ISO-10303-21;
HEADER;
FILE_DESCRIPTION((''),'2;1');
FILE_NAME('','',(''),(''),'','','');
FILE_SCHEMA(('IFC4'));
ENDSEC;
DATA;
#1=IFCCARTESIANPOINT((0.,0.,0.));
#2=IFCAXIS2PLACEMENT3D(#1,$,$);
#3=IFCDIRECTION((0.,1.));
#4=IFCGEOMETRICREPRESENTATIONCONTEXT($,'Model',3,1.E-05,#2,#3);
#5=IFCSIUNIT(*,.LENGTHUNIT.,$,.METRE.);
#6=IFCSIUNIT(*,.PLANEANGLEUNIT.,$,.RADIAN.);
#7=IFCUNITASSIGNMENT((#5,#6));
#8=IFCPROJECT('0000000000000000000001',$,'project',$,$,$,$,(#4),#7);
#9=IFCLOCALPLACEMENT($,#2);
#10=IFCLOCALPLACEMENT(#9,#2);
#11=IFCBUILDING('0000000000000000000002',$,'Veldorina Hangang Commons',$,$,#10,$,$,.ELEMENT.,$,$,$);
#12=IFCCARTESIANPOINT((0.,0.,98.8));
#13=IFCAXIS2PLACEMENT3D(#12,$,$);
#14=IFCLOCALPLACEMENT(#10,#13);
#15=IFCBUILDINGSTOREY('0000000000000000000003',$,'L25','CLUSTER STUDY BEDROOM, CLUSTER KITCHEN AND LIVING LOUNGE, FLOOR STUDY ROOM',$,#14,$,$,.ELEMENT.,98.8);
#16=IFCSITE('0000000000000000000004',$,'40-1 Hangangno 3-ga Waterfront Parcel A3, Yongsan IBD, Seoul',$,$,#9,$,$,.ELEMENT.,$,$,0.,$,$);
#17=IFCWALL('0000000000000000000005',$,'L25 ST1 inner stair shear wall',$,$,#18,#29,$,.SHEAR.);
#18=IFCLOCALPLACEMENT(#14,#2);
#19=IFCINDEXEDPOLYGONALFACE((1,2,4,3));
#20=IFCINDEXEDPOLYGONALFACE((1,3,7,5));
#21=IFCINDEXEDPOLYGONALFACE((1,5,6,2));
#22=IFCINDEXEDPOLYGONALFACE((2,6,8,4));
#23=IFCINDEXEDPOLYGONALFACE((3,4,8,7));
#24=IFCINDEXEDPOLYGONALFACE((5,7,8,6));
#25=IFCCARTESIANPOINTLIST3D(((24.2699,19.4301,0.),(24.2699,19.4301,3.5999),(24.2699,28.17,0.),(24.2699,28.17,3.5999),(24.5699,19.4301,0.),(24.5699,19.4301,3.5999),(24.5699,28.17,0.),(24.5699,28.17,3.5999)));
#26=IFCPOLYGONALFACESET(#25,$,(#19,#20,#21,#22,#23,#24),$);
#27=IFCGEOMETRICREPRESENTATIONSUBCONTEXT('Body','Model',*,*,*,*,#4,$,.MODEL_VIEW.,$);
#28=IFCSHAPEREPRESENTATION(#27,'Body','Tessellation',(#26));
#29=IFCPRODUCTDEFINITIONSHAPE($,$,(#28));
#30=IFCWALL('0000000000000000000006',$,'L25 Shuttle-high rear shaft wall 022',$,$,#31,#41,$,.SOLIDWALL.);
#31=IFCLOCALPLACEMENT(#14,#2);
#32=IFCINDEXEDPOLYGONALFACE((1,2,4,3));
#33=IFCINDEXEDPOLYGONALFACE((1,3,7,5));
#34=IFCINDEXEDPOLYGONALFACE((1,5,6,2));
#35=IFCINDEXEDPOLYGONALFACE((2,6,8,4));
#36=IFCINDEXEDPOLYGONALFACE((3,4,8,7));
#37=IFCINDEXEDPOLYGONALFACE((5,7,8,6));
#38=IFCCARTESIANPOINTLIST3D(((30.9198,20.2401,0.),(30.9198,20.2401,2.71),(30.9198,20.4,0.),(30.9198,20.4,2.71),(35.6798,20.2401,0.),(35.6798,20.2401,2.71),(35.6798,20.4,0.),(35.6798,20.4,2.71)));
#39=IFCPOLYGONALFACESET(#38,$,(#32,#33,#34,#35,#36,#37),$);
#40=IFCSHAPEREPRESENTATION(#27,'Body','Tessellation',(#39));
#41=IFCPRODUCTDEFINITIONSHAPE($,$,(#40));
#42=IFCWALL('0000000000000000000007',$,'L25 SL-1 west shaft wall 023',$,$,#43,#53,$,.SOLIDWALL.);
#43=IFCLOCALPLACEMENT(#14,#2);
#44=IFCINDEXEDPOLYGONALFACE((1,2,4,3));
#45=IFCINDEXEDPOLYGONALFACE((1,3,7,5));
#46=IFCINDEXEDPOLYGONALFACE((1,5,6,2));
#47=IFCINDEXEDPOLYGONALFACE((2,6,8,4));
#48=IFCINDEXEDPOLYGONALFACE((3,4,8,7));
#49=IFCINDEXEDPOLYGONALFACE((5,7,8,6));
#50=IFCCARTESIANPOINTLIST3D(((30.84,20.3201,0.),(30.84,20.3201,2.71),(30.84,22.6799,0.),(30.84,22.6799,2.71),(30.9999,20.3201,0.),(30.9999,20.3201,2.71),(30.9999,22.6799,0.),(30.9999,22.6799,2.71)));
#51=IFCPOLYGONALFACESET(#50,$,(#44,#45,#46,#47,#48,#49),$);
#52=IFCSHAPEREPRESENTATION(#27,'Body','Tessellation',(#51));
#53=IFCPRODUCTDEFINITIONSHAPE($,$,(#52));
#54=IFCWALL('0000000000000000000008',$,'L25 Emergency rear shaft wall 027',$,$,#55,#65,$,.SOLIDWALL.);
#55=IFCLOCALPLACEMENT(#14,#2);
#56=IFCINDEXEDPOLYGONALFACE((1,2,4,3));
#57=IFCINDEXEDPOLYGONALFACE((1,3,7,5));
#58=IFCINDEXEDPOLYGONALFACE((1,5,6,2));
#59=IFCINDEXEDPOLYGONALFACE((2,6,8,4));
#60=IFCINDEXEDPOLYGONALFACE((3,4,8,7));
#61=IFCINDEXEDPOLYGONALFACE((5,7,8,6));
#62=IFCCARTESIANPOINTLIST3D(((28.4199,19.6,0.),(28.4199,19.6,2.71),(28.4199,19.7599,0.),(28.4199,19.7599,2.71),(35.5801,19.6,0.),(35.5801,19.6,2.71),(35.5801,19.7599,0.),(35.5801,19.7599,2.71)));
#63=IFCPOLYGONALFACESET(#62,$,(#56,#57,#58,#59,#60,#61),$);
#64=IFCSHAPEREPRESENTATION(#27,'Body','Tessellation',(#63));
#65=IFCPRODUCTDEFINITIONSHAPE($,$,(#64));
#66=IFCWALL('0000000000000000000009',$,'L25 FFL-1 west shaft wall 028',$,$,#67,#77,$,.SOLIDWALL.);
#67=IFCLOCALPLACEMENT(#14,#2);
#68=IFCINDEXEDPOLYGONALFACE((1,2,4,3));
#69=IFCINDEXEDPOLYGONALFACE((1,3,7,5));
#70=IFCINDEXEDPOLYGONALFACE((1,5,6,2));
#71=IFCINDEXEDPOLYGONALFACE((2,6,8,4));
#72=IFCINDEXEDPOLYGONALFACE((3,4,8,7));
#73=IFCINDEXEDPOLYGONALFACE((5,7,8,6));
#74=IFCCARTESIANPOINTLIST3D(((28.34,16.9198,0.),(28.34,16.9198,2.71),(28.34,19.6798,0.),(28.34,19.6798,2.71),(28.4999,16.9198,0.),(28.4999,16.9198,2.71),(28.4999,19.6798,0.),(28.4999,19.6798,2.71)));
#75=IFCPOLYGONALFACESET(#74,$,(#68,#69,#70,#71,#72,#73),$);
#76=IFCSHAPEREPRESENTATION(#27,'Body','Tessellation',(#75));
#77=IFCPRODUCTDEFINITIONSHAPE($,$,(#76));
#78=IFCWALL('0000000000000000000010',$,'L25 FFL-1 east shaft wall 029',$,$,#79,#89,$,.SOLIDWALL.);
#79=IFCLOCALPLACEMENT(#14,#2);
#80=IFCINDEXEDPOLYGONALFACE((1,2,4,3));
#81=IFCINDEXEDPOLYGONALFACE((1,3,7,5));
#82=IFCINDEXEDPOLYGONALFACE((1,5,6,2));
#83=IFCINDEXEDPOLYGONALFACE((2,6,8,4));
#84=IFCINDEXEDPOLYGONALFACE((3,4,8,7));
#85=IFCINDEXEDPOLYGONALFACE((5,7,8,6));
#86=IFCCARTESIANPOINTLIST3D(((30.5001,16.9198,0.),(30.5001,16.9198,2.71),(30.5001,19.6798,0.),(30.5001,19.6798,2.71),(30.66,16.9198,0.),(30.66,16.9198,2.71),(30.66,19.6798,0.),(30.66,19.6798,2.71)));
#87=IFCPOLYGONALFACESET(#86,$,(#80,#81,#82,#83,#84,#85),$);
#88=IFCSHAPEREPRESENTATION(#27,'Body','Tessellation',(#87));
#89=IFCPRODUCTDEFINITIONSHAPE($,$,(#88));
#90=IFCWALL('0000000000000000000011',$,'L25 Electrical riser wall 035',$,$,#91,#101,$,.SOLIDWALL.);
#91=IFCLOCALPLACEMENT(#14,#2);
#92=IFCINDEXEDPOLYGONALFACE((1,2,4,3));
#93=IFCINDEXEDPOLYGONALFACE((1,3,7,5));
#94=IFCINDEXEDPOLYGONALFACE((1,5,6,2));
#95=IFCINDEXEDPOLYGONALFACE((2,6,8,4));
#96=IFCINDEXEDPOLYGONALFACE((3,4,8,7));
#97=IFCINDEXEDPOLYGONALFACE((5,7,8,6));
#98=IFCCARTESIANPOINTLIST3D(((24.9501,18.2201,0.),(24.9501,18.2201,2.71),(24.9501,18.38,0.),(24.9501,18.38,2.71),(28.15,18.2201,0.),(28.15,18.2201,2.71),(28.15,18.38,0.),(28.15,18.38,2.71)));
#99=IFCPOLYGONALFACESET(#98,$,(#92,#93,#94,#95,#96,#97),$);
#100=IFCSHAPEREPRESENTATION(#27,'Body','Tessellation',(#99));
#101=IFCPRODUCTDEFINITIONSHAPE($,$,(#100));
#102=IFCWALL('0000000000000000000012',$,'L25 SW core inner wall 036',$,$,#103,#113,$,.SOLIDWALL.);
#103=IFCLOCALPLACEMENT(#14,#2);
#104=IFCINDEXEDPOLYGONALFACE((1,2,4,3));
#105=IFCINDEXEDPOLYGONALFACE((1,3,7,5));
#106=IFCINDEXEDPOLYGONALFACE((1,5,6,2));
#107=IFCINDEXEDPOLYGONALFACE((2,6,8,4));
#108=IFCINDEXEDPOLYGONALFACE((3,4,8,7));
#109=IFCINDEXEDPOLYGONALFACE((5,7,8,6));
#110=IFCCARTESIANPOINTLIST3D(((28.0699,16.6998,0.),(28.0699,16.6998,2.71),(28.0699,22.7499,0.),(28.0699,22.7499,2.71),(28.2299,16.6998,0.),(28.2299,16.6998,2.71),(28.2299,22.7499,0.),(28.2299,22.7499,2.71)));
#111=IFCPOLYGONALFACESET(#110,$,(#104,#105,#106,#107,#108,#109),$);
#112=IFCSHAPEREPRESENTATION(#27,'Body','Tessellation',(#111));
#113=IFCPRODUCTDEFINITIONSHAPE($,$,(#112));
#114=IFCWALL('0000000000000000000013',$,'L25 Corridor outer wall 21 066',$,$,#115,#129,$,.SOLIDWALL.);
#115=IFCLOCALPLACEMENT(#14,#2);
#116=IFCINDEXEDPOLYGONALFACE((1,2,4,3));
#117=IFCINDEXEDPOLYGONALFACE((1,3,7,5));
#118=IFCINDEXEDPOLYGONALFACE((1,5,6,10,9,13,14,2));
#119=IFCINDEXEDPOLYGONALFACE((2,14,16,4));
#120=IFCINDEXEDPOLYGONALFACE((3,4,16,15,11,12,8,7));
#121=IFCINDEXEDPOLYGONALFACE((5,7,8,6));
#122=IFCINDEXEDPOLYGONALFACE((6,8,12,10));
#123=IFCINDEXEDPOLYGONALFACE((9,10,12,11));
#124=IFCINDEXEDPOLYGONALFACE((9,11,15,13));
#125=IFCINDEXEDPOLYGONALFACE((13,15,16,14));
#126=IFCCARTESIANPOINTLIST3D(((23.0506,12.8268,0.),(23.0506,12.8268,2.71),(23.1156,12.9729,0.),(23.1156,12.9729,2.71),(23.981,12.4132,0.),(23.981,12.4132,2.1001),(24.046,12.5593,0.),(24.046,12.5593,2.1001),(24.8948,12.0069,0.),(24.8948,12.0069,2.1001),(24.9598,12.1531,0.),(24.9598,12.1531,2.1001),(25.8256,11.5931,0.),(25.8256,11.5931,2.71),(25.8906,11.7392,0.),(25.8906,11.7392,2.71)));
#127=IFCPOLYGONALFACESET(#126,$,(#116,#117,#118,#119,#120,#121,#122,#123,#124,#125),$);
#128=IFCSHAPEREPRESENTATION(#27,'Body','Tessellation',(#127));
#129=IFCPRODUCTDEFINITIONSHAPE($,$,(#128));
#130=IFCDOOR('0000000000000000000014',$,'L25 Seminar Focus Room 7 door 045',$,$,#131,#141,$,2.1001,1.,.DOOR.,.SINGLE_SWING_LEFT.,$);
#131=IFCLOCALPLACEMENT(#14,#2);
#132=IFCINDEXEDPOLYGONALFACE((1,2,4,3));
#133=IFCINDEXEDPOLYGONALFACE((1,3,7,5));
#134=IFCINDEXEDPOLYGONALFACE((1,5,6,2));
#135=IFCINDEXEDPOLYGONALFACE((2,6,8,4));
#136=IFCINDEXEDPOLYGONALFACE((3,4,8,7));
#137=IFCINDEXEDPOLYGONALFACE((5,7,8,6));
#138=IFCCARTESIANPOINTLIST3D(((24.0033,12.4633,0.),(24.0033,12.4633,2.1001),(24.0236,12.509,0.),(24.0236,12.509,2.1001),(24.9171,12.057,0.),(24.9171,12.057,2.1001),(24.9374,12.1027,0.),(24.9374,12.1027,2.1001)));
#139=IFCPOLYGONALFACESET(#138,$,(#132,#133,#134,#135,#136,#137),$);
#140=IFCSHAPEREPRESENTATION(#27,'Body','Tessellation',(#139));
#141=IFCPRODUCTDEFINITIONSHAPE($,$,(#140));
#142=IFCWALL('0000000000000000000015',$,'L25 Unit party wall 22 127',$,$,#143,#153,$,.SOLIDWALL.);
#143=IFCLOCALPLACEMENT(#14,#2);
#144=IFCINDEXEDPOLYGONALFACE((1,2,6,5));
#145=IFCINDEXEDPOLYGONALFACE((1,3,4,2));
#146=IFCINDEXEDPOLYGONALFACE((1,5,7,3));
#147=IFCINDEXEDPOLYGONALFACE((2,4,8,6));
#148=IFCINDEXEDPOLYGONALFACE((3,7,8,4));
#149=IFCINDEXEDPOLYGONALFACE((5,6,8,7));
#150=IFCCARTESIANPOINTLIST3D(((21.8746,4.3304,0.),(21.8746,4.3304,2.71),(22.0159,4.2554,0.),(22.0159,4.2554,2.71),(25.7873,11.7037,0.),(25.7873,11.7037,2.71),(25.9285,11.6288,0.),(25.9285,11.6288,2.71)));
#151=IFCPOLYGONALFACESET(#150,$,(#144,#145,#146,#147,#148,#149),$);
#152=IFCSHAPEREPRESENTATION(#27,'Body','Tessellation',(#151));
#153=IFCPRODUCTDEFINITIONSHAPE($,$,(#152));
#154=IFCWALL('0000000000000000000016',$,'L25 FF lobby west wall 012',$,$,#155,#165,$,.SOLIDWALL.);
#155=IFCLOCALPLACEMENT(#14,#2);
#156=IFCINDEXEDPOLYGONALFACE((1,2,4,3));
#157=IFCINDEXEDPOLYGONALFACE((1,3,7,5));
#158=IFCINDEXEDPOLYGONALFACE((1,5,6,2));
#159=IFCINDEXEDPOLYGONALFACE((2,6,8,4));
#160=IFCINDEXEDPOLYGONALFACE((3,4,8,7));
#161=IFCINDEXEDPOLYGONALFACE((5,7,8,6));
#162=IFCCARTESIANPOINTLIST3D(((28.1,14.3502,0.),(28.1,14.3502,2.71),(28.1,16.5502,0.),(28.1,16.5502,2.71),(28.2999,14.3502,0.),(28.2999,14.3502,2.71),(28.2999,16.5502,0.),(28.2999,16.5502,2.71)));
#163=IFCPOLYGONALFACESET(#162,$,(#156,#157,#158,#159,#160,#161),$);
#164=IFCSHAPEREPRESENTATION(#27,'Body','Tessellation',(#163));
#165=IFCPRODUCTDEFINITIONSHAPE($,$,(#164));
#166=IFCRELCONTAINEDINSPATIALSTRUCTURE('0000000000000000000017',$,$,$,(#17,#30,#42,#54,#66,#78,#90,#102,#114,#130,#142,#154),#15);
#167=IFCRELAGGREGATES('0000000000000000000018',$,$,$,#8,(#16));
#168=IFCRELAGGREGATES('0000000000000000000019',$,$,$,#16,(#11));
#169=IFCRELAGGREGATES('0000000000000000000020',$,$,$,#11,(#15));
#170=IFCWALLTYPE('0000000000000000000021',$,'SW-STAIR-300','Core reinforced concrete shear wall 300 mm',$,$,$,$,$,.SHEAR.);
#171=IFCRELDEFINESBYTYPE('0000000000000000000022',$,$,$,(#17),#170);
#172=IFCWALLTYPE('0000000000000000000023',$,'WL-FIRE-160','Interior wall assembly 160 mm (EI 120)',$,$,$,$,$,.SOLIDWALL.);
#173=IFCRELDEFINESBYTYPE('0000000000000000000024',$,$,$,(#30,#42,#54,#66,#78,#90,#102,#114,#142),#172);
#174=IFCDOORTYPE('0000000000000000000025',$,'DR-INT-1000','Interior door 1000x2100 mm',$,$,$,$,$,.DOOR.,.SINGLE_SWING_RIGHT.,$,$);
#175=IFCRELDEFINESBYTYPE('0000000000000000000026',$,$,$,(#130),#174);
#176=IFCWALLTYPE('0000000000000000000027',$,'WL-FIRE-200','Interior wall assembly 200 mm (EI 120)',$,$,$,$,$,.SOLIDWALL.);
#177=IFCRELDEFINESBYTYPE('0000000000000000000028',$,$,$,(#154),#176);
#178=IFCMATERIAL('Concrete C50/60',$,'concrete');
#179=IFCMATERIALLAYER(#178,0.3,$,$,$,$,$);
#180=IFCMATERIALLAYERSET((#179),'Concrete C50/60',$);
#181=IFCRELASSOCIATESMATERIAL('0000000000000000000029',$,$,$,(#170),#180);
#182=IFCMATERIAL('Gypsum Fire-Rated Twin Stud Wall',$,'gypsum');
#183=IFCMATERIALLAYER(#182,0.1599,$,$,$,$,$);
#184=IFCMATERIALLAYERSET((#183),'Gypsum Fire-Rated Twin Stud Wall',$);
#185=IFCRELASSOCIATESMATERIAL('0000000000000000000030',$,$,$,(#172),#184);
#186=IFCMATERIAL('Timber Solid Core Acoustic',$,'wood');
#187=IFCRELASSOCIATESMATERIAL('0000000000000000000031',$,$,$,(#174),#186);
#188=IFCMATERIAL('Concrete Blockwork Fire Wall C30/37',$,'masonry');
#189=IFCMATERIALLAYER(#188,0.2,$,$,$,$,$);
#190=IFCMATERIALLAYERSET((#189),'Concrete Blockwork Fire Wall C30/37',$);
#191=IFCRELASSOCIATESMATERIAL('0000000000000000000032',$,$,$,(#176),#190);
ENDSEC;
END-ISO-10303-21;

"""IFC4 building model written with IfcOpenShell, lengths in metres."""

from ifc_helpers import new_model, si_unit, direction, frame, frame_2d, origin, place, context, subcontext, project, spatial, rectangle, extrude, material, layer, layer_set, type_object, element, fill, save


model = new_model("IFC4")

# Units and contexts
model_context = context("Model", 3, precision=1e-05, world=origin(), true_north=direction((0.0, 1.0)))
body_context = subcontext(model_context, "Body", "Model", "MODEL_VIEW")
ifc_project = project(units=[si_unit("LENGTHUNIT", "METRE"), si_unit("PLANEANGLEUNIT", "RADIAN")], contexts=[model_context])

# Site, building, storey
site_placement = place(None, origin())
site = spatial("IfcSite", under=ifc_project, at=site_placement, Name="40-1 Hangangno 3-ga Waterfront Parcel A3, Yongsan IBD, Seoul", CompositionType="ELEMENT", RefElevation=0.0)
building_placement = place(site_placement, origin())
building = spatial("IfcBuilding", under=site, at=building_placement, Name="Veldorina Hangang Commons", CompositionType="ELEMENT")
storey_placement = place(building_placement, frame((0.0, 0.0, 98.8)))
storey = spatial("IfcBuildingStorey", under=building, at=storey_placement, Name="L25", Description="CLUSTER STUDY BEDROOM, CLUSTER KITCHEN AND LIVING LOUNGE, FLOOR STUDY ROOM", CompositionType="ELEMENT", Elevation=98.8)

# Walls
ifc_material_1 = material(Name="Concrete C50/60", Category="concrete")
ifc_layer_1 = layer(ifc_material_1, 0.3)
ifc_layer_set_1 = layer_set([ifc_layer_1], Name="Concrete C50/60")
wall_type_1 = type_object("IfcWallType", Name="SW-STAIR-300", Description="Core reinforced concrete shear wall 300 mm", PredefinedType="SHEAR", material=ifc_layer_set_1)
wall_1_placement = place(storey_placement, frame((24.4199, 19.4299, 0.0), z_axis=(0.0, 0.0, 1.0), x_axis=(0.0, 1.0, 0.0)))
element("IfcWall", 1, at=wall_1_placement, inside=storey, type_object=wall_type_1, Name="L25 ST1 inner stair shear wall", PredefinedType="SHEAR", context=body_context, shape_type="SweptSolid", body=[
    extrude(rectangle(XDim=8.74, YDim=0.3, at=frame_2d((4.3701, 0.0))), origin(), (0.0, 0.0, 1.0), 3.5999),
])
ifc_material_2 = material(Name="Gypsum Fire-Rated Twin Stud Wall", Category="gypsum")
ifc_layer_2 = layer(ifc_material_2, 0.1599)
ifc_layer_set_2 = layer_set([ifc_layer_2], Name="Gypsum Fire-Rated Twin Stud Wall")
wall_type_2 = type_object("IfcWallType", Name="WL-FIRE-160", Description="Interior wall assembly 160 mm (EI 120)", PredefinedType="SOLIDWALL", material=ifc_layer_set_2)
wall_2_placement = place(storey_placement, frame((30.9199, 20.3201, 0.0), z_axis=(0.0, 0.0, 1.0), x_axis=(1.0, 0.0, 0.0)))
element("IfcWall", 2, at=wall_2_placement, inside=storey, type_object=wall_type_2, Name="L25 Shuttle-high rear shaft wall 022", PredefinedType="SOLIDWALL", context=body_context, shape_type="SweptSolid", body=[
    extrude(rectangle(XDim=4.76, YDim=0.1599, at=frame_2d((2.3799, 0.0))), origin(), (0.0, 0.0, 1.0), 2.71),
])
wall_3_placement = place(storey_placement, frame((30.9199, 20.3201, 0.0), z_axis=(0.0, 0.0, 1.0), x_axis=(0.0, 1.0, 0.0)))
element("IfcWall", 3, at=wall_3_placement, inside=storey, type_object=wall_type_2, Name="L25 SL-1 west shaft wall 023", PredefinedType="SOLIDWALL", context=body_context, shape_type="SweptSolid", body=[
    extrude(rectangle(XDim=2.3599, YDim=0.1599, at=frame_2d((1.1799, 0.0))), origin(), (0.0, 0.0, 1.0), 2.71),
])

# Walls
wall_4_placement = place(storey_placement, frame((28.4199, 19.6799, 0.0), z_axis=(0.0, 0.0, 1.0), x_axis=(1.0, 0.0, 0.0)))
element("IfcWall", 4, at=wall_4_placement, inside=storey, type_object=wall_type_2, Name="L25 Emergency rear shaft wall 027", PredefinedType="SOLIDWALL", context=body_context, shape_type="SweptSolid", body=[
    extrude(rectangle(XDim=7.1602, YDim=0.1599, at=frame_2d((3.5801, 0.0))), origin(), (0.0, 0.0, 1.0), 2.71),
])
for number, where, z_axis, x_axis, name in (
    (5, (28.4199, 16.9199, 0.0), (0.0, 0.0, 1.0), (0.0, 1.0, 0.0), "L25 FFL-1 west shaft wall 028"),
    (6, (30.5801, 16.9199, 0.0), (0.0, 0.0, 1.0), (0.0, 1.0, 0.0), "L25 FFL-1 east shaft wall 029"),
):
    element("IfcWall", number, at=place(storey_placement, frame(where, z_axis=z_axis, x_axis=x_axis)), inside=storey, type_object=wall_type_2, Name=name, PredefinedType="SOLIDWALL", context=body_context, shape_type="SweptSolid", body=[
        extrude(rectangle(XDim=2.76, YDim=0.1599, at=frame_2d((1.3799, 0.0))), origin(), (0.0, 0.0, 1.0), 2.71),
    ])
wall_5_placement = place(storey_placement, frame((24.95, 18.3, 0.0), z_axis=(0.0, 0.0, 1.0), x_axis=(1.0, 0.0, 0.0)))
element("IfcWall", 7, at=wall_5_placement, inside=storey, type_object=wall_type_2, Name="L25 Electrical riser wall 035", PredefinedType="SOLIDWALL", context=body_context, shape_type="SweptSolid", body=[
    extrude(rectangle(XDim=3.2, YDim=0.1599, at=frame_2d((1.6001, 0.0))), origin(), (0.0, 0.0, 1.0), 2.71),
])
wall_6_placement = place(storey_placement, frame((28.1499, 16.7, 0.0), z_axis=(0.0, 0.0, 1.0), x_axis=(0.0, 1.0, 0.0)))
element("IfcWall", 8, at=wall_6_placement, inside=storey, type_object=wall_type_2, Name="L25 SW core inner wall 036", PredefinedType="SOLIDWALL", context=body_context, shape_type="SweptSolid", body=[
    extrude(rectangle(XDim=6.05, YDim=0.1599, at=frame_2d((3.0249, 0.0))), origin(), (0.0, 0.0, 1.0), 2.71),
])

# Wall, opening, door
wall_7_placement = place(storey_placement, frame((23.083, 12.8999, 0.0), z_axis=(0.0, 0.0, 1.0), x_axis=(0.913768, -0.406235, 0.0)))
wall_7 = element("IfcWall", 9, at=wall_7_placement, inside=storey, type_object=wall_type_2, Name="L25 Corridor outer wall 21 066", PredefinedType="SOLIDWALL", context=body_context, shape_type="SweptSolid", body=[
    extrude(rectangle(XDim=3.0369, YDim=0.1599, at=frame_2d((1.5186, 0.0))), origin(), (0.0, 0.0, 1.0), 2.71),
])
opening_1_placement = place(wall_7_placement, frame((1.0183, 0.0, 0.0)))
opening_1 = element("IfcOpeningElement", 10, at=opening_1_placement, cuts=wall_7, PredefinedType="OPENING", context=body_context, shape_type="SweptSolid", body=[
    extrude(rectangle(XDim=1.0, YDim=2.1001, at=frame_2d((0.5, 1.05))), frame((0.0, 0.0898, 0.0), z_axis=(0.0, -1.0, 0.0), x_axis=(1.0, 0.0, 0.0)), (0.0, 0.0, 1.0), 0.1799),
])
ifc_material_3 = material(Name="Timber Solid Core Acoustic", Category="wood")
door_type_1 = type_object("IfcDoorType", Name="DR-INT-1000", Description="Interior door 1000x2100 mm", OperationType="SINGLE_SWING_RIGHT", PredefinedType="DOOR", material=ifc_material_3)
door_1_placement = place(opening_1_placement, origin())
door_1 = element("IfcDoor", 11, at=door_1_placement, inside=storey, type_object=door_type_1, Name="L25 Seminar Focus Room 7 door 045", OperationType="SINGLE_SWING_LEFT", OverallHeight=2.1001, OverallWidth=1.0, PredefinedType="DOOR", context=body_context, shape_type="SweptSolid", body=[
    extrude(rectangle(XDim=1.0, YDim=2.1001, at=frame_2d((0.5, 1.05))), frame((0.0, 0.0249, 0.0), z_axis=(0.0, -1.0, 0.0), x_axis=(1.0, 0.0, 0.0)), (0.0, 0.0, 1.0), 0.05),
])
fill(opening_1, door_1)

# Walls
wall_8_placement = place(storey_placement, frame((25.8579, 11.6663, 0.0), z_axis=(0.0, 0.0, 1.0), x_axis=(-0.468738, -0.883337, 0.0)))
element("IfcWall", 12, at=wall_8_placement, inside=storey, type_object=wall_type_2, Name="L25 Unit party wall 22 127", PredefinedType="SOLIDWALL", context=body_context, shape_type="SweptSolid", body=[
    extrude(rectangle(XDim=8.3472, YDim=0.1599, at=frame_2d((4.1736, 0.0))), origin(), (0.0, 0.0, 1.0), 2.71),
])
ifc_material_4 = material(Name="Concrete Blockwork Fire Wall C30/37", Category="masonry")
ifc_layer_3 = layer(ifc_material_4, 0.2)
ifc_layer_set_3 = layer_set([ifc_layer_3], Name="Concrete Blockwork Fire Wall C30/37")
wall_type_3 = type_object("IfcWallType", Name="WL-FIRE-200", Description="Interior wall assembly 200 mm (EI 120)", PredefinedType="SOLIDWALL", material=ifc_layer_set_3)
wall_9_placement = place(storey_placement, frame((28.2, 14.3501, 0.0), z_axis=(0.0, 0.0, 1.0), x_axis=(0.0, 1.0, 0.0)))
element("IfcWall", 13, at=wall_9_placement, inside=storey, type_object=wall_type_3, Name="L25 FF lobby west wall 012", PredefinedType="SOLIDWALL", context=body_context, shape_type="SweptSolid", body=[
    extrude(rectangle(XDim=2.2, YDim=0.2, at=frame_2d((1.1001, 0.0))), origin(), (0.0, 0.0, 1.0), 2.71),
])

save(model, "model.ifc")
